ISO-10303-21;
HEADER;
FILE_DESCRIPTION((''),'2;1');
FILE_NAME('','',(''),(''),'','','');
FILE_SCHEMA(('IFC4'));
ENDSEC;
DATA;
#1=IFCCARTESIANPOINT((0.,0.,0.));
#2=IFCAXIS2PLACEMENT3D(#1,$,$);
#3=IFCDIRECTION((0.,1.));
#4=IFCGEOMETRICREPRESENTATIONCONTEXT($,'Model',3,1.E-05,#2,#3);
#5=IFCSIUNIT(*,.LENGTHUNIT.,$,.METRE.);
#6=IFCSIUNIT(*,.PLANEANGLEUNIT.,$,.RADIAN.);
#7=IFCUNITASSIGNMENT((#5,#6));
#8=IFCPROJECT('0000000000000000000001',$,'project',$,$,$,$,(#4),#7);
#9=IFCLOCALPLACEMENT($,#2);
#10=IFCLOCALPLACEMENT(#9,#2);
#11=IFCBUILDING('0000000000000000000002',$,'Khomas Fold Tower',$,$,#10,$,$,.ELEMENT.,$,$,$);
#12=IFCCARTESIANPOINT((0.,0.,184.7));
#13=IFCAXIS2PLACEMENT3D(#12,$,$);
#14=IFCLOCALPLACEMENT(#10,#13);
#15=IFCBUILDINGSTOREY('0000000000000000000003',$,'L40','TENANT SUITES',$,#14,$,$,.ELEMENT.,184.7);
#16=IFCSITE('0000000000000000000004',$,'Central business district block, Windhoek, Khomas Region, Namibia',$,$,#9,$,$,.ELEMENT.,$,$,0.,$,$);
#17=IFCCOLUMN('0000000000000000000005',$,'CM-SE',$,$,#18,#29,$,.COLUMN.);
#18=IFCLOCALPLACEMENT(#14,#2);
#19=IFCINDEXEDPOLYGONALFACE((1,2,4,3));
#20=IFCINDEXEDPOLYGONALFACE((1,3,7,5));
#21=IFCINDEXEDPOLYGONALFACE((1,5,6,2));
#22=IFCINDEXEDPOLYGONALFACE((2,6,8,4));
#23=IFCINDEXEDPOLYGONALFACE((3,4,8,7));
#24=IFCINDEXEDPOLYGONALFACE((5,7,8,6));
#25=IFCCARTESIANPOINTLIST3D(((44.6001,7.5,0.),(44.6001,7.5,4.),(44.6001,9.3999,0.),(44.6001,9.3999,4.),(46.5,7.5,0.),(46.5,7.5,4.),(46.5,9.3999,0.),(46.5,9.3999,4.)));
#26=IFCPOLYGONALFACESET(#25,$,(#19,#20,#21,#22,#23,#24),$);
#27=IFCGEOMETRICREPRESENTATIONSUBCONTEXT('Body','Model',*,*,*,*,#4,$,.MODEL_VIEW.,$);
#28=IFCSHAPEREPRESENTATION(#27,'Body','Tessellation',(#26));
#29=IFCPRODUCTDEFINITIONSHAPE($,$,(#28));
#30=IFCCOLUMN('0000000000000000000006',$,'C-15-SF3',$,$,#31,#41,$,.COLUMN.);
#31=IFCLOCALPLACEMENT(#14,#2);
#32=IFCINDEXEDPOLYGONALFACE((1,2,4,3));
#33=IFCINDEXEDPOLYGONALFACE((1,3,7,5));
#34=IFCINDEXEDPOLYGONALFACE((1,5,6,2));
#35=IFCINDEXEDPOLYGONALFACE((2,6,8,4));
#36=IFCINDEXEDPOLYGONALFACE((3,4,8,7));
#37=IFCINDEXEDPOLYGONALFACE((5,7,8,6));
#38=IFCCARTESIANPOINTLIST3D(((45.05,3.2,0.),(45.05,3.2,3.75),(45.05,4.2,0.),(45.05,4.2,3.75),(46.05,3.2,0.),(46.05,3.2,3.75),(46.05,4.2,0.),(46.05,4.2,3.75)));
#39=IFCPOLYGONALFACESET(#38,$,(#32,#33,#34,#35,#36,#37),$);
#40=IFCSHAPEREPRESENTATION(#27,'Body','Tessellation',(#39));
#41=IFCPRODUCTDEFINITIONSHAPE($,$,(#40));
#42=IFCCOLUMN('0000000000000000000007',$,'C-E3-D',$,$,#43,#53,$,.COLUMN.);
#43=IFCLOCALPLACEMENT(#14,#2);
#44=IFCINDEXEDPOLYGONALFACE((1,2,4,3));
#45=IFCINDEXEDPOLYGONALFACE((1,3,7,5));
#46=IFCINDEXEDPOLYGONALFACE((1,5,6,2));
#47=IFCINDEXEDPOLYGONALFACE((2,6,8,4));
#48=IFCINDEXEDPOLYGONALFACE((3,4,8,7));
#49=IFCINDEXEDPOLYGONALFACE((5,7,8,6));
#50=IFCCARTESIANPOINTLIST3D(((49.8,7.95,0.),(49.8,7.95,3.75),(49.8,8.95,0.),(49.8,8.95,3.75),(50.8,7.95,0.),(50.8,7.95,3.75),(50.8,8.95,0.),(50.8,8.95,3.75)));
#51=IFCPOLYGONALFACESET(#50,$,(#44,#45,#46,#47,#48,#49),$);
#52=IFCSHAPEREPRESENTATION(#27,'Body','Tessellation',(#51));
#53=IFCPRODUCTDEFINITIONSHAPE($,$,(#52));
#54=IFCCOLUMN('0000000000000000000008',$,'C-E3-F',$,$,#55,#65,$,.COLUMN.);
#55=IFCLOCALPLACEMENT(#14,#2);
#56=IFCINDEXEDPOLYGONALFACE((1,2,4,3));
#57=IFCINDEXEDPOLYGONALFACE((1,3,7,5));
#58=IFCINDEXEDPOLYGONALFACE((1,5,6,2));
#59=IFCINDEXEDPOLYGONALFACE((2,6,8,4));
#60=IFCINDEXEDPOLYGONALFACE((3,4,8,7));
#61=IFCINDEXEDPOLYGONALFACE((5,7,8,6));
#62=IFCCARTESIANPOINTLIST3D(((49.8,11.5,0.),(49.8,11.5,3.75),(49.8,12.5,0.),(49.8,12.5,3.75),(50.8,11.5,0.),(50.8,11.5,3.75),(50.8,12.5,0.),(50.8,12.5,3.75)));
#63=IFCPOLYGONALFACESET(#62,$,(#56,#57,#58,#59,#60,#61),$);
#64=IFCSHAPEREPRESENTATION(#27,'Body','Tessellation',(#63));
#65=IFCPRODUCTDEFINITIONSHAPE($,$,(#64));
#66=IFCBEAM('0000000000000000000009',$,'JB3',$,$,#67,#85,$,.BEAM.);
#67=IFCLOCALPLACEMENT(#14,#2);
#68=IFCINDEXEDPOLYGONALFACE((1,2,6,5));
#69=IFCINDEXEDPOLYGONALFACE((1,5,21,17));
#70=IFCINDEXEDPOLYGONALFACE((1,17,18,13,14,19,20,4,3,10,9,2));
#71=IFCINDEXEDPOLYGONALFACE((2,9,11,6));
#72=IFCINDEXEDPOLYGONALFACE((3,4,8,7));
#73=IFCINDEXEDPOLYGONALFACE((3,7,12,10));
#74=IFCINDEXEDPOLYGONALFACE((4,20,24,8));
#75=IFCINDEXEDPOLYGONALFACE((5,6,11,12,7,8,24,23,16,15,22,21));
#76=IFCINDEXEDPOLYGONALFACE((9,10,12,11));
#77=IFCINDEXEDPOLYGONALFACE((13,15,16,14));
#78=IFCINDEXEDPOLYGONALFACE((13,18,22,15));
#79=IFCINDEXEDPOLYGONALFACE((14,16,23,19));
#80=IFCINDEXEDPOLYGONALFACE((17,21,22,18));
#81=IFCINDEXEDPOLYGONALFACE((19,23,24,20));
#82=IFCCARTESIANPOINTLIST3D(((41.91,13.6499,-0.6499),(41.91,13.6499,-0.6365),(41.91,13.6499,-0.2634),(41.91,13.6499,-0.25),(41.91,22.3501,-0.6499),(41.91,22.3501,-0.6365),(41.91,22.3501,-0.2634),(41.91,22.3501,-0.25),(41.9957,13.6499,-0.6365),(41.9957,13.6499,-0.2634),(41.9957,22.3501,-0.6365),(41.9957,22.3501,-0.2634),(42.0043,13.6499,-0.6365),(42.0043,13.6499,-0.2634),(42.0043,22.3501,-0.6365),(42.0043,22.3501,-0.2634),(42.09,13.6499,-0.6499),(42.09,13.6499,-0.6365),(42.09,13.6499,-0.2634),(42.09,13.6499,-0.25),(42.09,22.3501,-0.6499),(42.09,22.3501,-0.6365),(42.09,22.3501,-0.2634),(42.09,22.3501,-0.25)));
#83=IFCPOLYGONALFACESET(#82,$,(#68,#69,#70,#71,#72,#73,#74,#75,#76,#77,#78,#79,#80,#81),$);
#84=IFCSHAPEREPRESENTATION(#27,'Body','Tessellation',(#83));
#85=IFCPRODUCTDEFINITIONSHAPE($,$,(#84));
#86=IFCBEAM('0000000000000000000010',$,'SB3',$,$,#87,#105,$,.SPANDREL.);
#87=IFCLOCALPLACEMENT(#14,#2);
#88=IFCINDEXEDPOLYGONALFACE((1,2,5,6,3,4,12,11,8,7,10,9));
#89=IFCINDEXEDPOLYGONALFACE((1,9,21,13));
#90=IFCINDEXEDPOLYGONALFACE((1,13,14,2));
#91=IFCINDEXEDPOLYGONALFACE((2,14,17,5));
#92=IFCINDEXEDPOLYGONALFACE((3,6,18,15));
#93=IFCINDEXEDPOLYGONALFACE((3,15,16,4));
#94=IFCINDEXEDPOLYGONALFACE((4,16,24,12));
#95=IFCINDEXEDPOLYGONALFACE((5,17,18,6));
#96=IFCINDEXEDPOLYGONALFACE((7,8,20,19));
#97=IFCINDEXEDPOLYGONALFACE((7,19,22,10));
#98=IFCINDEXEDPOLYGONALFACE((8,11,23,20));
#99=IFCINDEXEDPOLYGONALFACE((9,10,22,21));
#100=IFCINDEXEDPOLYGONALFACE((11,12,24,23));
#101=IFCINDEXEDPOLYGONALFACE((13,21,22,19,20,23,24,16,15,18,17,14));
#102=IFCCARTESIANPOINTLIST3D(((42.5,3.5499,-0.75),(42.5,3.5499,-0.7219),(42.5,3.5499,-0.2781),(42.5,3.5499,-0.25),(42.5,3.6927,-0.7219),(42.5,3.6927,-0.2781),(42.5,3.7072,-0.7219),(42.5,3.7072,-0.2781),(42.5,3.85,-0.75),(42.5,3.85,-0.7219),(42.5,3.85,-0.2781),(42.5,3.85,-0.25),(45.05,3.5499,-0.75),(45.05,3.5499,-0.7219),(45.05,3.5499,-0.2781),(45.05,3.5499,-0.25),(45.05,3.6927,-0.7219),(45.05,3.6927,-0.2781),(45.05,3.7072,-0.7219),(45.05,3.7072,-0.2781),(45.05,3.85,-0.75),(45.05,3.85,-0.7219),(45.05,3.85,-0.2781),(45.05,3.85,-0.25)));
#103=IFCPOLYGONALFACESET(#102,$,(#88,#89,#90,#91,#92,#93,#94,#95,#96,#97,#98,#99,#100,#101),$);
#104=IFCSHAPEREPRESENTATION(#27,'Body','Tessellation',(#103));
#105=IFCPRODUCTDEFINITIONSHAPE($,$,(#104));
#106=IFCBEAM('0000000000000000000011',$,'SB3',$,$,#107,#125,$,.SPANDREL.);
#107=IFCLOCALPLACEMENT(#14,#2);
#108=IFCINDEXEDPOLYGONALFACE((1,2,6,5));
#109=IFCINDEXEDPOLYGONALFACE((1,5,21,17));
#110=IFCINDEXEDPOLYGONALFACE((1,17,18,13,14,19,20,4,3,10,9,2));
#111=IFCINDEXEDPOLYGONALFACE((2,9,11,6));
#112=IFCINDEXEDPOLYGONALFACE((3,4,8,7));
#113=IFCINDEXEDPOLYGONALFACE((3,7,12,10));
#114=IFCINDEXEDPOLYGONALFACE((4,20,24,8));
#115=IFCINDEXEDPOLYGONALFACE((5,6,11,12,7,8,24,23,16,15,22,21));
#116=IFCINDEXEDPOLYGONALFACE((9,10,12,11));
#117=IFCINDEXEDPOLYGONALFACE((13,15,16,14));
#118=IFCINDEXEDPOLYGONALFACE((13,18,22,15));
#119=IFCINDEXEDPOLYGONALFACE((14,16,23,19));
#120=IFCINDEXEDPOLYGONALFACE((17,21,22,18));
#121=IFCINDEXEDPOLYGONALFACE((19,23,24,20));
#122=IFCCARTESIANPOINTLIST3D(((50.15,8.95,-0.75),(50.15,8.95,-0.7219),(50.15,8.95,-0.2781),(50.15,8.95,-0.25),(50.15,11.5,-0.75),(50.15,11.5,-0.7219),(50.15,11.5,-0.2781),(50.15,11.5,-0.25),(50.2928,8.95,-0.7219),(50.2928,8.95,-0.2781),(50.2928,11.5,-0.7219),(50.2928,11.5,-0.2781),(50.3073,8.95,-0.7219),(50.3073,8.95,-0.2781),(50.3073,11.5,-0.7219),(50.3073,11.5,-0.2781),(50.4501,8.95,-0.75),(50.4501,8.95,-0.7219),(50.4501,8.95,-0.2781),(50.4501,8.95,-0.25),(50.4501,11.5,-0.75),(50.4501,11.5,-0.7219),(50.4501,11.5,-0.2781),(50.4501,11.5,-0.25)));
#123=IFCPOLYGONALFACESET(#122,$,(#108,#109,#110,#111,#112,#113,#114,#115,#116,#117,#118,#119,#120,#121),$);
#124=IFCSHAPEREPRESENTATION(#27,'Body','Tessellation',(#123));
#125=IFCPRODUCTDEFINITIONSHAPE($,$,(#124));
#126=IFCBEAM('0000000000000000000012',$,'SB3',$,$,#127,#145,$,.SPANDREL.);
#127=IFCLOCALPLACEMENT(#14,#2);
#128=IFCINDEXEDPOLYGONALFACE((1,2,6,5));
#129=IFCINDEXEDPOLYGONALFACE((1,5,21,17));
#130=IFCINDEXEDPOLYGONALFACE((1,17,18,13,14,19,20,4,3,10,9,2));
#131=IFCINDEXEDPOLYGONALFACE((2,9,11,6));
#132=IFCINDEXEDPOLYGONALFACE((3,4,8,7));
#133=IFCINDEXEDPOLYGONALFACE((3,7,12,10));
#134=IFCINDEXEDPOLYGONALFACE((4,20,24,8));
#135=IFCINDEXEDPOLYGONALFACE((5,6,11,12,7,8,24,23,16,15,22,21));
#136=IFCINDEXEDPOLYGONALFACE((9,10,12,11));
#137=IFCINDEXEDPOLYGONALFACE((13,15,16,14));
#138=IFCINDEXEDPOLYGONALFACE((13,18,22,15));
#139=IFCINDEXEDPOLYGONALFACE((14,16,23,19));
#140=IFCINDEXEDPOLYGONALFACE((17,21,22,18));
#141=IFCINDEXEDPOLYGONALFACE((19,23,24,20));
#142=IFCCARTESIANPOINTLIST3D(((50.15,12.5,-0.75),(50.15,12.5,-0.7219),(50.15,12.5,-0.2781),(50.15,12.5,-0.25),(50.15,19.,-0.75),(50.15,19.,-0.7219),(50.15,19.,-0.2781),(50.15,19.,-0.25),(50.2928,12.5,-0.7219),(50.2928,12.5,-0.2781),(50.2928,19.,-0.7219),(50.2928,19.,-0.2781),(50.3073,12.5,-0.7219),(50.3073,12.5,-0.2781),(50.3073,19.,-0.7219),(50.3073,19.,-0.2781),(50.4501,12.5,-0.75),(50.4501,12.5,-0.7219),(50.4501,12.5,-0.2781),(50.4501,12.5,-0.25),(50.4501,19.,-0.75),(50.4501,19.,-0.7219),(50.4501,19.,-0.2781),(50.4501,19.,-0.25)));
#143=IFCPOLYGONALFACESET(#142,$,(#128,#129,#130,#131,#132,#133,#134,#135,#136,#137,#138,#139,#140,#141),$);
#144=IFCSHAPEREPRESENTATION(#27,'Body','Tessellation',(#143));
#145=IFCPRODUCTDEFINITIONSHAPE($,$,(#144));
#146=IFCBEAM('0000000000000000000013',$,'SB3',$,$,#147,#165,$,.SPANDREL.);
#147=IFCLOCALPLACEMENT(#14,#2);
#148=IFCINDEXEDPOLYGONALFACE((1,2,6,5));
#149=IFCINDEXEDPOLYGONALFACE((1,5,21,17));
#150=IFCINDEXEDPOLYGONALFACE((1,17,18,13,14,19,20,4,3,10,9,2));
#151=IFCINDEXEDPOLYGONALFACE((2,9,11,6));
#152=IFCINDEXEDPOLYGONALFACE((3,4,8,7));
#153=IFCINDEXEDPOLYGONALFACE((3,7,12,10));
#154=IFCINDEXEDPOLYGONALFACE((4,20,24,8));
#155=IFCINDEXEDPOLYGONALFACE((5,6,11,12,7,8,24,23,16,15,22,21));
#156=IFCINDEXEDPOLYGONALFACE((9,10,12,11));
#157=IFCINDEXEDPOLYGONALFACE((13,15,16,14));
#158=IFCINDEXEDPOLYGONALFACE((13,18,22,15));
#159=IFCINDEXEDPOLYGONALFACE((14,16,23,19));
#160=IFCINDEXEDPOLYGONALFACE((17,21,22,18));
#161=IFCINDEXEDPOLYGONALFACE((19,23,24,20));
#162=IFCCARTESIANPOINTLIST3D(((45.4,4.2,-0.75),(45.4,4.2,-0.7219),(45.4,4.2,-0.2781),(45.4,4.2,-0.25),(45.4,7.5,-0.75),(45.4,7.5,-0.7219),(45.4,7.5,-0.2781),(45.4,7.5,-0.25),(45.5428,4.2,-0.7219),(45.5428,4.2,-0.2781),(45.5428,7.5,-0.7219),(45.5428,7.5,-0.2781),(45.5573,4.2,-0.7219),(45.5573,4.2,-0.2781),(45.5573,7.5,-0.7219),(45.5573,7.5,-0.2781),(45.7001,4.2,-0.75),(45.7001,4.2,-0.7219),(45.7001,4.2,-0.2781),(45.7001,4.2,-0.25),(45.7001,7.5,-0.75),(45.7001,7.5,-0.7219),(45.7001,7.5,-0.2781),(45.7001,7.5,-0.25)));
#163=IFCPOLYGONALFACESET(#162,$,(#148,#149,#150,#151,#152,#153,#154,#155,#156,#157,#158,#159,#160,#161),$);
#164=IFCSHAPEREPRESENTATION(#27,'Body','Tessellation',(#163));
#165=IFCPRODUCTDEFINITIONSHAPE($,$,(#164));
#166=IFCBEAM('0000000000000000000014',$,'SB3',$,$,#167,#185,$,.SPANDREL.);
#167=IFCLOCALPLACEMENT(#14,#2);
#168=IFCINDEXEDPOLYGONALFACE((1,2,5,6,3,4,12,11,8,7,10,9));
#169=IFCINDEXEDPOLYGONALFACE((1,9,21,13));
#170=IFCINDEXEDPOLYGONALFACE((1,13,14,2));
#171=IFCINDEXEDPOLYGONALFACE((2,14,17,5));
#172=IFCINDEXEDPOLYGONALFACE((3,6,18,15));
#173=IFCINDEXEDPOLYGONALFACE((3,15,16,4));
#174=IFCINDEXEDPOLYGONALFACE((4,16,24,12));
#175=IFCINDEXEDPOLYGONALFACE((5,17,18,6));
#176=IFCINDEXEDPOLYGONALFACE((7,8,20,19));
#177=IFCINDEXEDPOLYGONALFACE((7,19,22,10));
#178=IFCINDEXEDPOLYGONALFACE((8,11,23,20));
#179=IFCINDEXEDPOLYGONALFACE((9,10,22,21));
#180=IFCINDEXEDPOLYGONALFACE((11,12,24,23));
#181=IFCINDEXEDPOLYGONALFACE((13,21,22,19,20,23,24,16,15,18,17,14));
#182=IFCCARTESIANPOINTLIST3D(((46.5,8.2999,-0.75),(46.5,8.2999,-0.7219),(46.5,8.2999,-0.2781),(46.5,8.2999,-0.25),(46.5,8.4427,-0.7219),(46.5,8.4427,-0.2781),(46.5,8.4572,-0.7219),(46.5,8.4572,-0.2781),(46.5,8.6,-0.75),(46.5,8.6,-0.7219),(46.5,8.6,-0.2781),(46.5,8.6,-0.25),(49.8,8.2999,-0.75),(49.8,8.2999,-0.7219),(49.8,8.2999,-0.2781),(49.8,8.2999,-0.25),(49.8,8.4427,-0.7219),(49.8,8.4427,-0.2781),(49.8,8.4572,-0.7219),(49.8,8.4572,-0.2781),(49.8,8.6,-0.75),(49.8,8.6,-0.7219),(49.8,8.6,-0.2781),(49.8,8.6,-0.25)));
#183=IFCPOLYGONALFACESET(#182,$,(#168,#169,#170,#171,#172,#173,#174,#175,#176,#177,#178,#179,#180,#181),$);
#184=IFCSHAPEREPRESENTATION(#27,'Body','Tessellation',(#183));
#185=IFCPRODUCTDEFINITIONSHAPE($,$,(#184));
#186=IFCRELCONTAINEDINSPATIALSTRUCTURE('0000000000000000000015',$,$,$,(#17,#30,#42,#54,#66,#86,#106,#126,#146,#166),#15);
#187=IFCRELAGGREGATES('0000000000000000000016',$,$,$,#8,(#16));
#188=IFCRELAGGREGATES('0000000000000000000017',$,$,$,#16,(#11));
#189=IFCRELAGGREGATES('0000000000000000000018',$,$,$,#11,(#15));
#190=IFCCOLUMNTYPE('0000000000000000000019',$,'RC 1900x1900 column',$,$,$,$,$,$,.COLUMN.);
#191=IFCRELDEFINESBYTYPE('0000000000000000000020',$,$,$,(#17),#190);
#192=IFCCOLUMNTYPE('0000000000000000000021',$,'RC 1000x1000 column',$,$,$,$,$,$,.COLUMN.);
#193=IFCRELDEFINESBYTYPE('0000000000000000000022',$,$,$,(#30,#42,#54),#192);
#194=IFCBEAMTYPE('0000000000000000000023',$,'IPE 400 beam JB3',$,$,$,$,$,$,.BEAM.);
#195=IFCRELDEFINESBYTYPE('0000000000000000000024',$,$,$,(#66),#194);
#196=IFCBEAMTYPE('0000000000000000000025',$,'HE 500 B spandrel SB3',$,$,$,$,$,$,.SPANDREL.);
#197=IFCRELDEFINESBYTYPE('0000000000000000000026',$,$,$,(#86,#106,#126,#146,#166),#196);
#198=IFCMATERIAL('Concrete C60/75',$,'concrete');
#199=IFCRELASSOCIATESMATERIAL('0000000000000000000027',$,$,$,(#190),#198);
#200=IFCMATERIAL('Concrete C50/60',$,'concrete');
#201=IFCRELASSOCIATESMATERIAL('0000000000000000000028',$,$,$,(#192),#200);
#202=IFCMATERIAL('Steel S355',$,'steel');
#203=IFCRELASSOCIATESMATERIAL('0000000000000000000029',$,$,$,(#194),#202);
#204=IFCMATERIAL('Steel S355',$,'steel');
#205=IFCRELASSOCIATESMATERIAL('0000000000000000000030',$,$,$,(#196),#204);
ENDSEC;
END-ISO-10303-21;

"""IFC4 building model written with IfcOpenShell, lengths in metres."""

from ifc_helpers import new_model, si_unit, direction, frame, origin, origin_2d, place, context, subcontext, project, spatial, rectangle, i_section, extrude, source, transform, mapped, material, material_profile, profile_set, type_object, element, save


model = new_model("IFC4")

# Units and contexts
model_context = context("Model", 3, precision=1e-05, world=origin(), true_north=direction((0.0, 1.0)))
body_context = subcontext(model_context, "Body", "Model", "MODEL_VIEW")
ifc_project = project(units=[si_unit("LENGTHUNIT", "METRE"), si_unit("PLANEANGLEUNIT", "RADIAN")], contexts=[model_context])

# Site, building, storey
site_placement = place(None, origin())
site = spatial("IfcSite", under=ifc_project, at=site_placement, Name="Central business district block, Windhoek, Khomas Region, Namibia", CompositionType="ELEMENT", RefElevation=0.0)
building_placement = place(site_placement, origin())
building = spatial("IfcBuilding", under=site, at=building_placement, Name="Khomas Fold Tower", CompositionType="ELEMENT")
storey_placement = place(building_placement, frame((0.0, 0.0, 184.7)))
storey = spatial("IfcBuildingStorey", under=building, at=storey_placement, Name="L40", Description="TENANT SUITES", CompositionType="ELEMENT", Elevation=184.7)

# Columns
ifc_material_1 = material(Name="Concrete C60/75", Category="concrete")
ifc_material_profile_1 = material_profile(ifc_material_1, rectangle(XDim=1.8999, YDim=1.8999, at=origin_2d()), Name="RC 1900x1900")
ifc_profile_set_1 = profile_set([ifc_material_profile_1], Name="Concrete C60/75")
column_type_1 = type_object("IfcColumnType", Name="RC 1900x1900 column", PredefinedType="COLUMN", material=ifc_profile_set_1)
shared_shape_1 = source(origin(), body_context, "Body", "SweptSolid", [
    extrude(rectangle(XDim=1.8999, YDim=1.8999, at=origin_2d()), origin(), (0.0, 0.0, 1.0), 4.0),
])
column_placement = place(storey_placement, frame((45.55, 8.45, 0.0), z_axis=(0.0, 0.0, 1.0), x_axis=(1.0, 0.0, 0.0)))
element("IfcColumn", 1, at=column_placement, inside=storey, type_object=column_type_1, Name="CM-SE", PredefinedType="COLUMN", context=body_context, shape_type="MappedRepresentation", body=[
    mapped(shared_shape_1, transform((0.0, 0.0, 0.0))),
])
ifc_material_2 = material(Name="Concrete C50/60", Category="concrete")
ifc_material_profile_2 = material_profile(ifc_material_2, rectangle(XDim=1.0, YDim=1.0, at=origin_2d()), Name="RC 1000x1000")
ifc_profile_set_2 = profile_set([ifc_material_profile_2], Name="Concrete C50/60")
column_type_2 = type_object("IfcColumnType", Name="RC 1000x1000 column", PredefinedType="COLUMN", material=ifc_profile_set_2)
shared_shape_2 = source(origin(), body_context, "Body", "SweptSolid", [
    extrude(rectangle(XDim=1.0, YDim=1.0, at=origin_2d()), origin(), (0.0, 0.0, 1.0), 3.75),
])
for number, where, z_axis, x_axis, name in (
    (2, (45.55, 3.7, 0.0), (0.0, 0.0, 1.0), (1.0, 0.0, 0.0), "C-15-SF3"),
    (3, (50.3, 8.45, 0.0), (0.0, 0.0, 1.0), (1.0, 0.0, 0.0), "C-E3-D"),
    (4, (50.3, 12.0, 0.0), (0.0, 0.0, 1.0), (1.0, 0.0, 0.0), "C-E3-F"),
):
    element("IfcColumn", number, at=place(storey_placement, frame(where, z_axis=z_axis, x_axis=x_axis)), inside=storey, type_object=column_type_2, Name=name, PredefinedType="COLUMN", context=body_context, shape_type="MappedRepresentation", body=[
        mapped(shared_shape_2, transform((0.0, 0.0, 0.0))),
    ])

# Beams
ifc_material_3 = material(Name="Steel S355", Category="steel")
ifc_material_profile_3 = material_profile(ifc_material_3, i_section(OverallWidth=0.1799, OverallDepth=0.3999, WebThickness=0.0085, FlangeThickness=0.0134, at=origin_2d()), Name="IPE 400")
ifc_profile_set_3 = profile_set([ifc_material_profile_3], Name="Steel S355")
beam_type_1 = type_object("IfcBeamType", Name="IPE 400 beam JB3", PredefinedType="BEAM", material=ifc_profile_set_3)
shared_shape_3 = source(origin(), body_context, "Body", "SweptSolid", [
    extrude(i_section(OverallWidth=0.1799, OverallDepth=0.3999, WebThickness=0.0085, FlangeThickness=0.0134, at=origin_2d()), origin(), (0.0, 0.0, 1.0), 8.7002),
])
beam_1_placement = place(storey_placement, frame((42.0, 13.6499, -0.45), z_axis=(0.0, 1.0, 0.0), x_axis=(-1.0, 0.0, 0.0)))
element("IfcBeam", 5, at=beam_1_placement, inside=storey, type_object=beam_type_1, Name="JB3", PredefinedType="BEAM", context=body_context, shape_type="MappedRepresentation", body=[
    mapped(shared_shape_3, transform((0.0, 0.0, 0.0))),
])
ifc_material_4 = material(Name="Steel S355", Category="steel")
ifc_material_profile_4 = material_profile(ifc_material_4, i_section(OverallWidth=0.3, OverallDepth=0.5, WebThickness=0.0144, FlangeThickness=0.0281, at=origin_2d()), Name="HE 500 B")
ifc_profile_set_4 = profile_set([ifc_material_profile_4], Name="Steel S355")
beam_type_2 = type_object("IfcBeamType", Name="HE 500 B spandrel SB3", PredefinedType="SPANDREL", material=ifc_profile_set_4)
shared_shape_4 = source(origin(), body_context, "Body", "SweptSolid", [
    extrude(i_section(OverallWidth=0.3, OverallDepth=0.5, WebThickness=0.0144, FlangeThickness=0.0281, at=origin_2d()), origin(), (0.0, 0.0, 1.0), 2.55),
])
for number, where, z_axis, x_axis, name in (
    (6, (42.5, 3.7, -0.5), (1.0, 0.0, 0.0), (0.0, 1.0, 0.0), "SB3"),
    (7, (50.3, 8.95, -0.5), (0.0, 1.0, 0.0), (-1.0, 0.0, 0.0), "SB3"),
):
    element("IfcBeam", number, at=place(storey_placement, frame(where, z_axis=z_axis, x_axis=x_axis)), inside=storey, type_object=beam_type_2, Name=name, PredefinedType="SPANDREL", context=body_context, shape_type="MappedRepresentation", body=[
        mapped(shared_shape_4, transform((0.0, 0.0, 0.0))),
    ])
shared_shape_5 = source(origin(), body_context, "Body", "SweptSolid", [
    extrude(i_section(OverallWidth=0.3, OverallDepth=0.5, WebThickness=0.0144, FlangeThickness=0.0281, at=origin_2d()), origin(), (0.0, 0.0, 1.0), 6.5),
])
beam_2_placement = place(storey_placement, frame((50.3, 12.5, -0.5), z_axis=(0.0, 1.0, 0.0), x_axis=(-1.0, 0.0, 0.0)))
element("IfcBeam", 8, at=beam_2_placement, inside=storey, type_object=beam_type_2, Name="SB3", PredefinedType="SPANDREL", context=body_context, shape_type="MappedRepresentation", body=[
    mapped(shared_shape_5, transform((0.0, 0.0, 0.0))),
])
shared_shape_6 = source(origin(), body_context, "Body", "SweptSolid", [
    extrude(i_section(OverallWidth=0.3, OverallDepth=0.5, WebThickness=0.0144, FlangeThickness=0.0281, at=origin_2d()), origin(), (0.0, 0.0, 1.0), 3.3),
])
for number, where, z_axis, x_axis, name in (
    (9, (45.55, 4.2, -0.5), (0.0, 1.0, 0.0), (-1.0, 0.0, 0.0), "SB3"),
    (10, (46.5, 8.45, -0.5), (1.0, 0.0, 0.0), (0.0, 1.0, 0.0), "SB3"),
):
    element("IfcBeam", number, at=place(storey_placement, frame(where, z_axis=z_axis, x_axis=x_axis)), inside=storey, type_object=beam_type_2, Name=name, PredefinedType="SPANDREL", context=body_context, shape_type="MappedRepresentation", body=[
        mapped(shared_shape_6, transform((0.0, 0.0, 0.0))),
    ])

save(model, "model.ifc")
